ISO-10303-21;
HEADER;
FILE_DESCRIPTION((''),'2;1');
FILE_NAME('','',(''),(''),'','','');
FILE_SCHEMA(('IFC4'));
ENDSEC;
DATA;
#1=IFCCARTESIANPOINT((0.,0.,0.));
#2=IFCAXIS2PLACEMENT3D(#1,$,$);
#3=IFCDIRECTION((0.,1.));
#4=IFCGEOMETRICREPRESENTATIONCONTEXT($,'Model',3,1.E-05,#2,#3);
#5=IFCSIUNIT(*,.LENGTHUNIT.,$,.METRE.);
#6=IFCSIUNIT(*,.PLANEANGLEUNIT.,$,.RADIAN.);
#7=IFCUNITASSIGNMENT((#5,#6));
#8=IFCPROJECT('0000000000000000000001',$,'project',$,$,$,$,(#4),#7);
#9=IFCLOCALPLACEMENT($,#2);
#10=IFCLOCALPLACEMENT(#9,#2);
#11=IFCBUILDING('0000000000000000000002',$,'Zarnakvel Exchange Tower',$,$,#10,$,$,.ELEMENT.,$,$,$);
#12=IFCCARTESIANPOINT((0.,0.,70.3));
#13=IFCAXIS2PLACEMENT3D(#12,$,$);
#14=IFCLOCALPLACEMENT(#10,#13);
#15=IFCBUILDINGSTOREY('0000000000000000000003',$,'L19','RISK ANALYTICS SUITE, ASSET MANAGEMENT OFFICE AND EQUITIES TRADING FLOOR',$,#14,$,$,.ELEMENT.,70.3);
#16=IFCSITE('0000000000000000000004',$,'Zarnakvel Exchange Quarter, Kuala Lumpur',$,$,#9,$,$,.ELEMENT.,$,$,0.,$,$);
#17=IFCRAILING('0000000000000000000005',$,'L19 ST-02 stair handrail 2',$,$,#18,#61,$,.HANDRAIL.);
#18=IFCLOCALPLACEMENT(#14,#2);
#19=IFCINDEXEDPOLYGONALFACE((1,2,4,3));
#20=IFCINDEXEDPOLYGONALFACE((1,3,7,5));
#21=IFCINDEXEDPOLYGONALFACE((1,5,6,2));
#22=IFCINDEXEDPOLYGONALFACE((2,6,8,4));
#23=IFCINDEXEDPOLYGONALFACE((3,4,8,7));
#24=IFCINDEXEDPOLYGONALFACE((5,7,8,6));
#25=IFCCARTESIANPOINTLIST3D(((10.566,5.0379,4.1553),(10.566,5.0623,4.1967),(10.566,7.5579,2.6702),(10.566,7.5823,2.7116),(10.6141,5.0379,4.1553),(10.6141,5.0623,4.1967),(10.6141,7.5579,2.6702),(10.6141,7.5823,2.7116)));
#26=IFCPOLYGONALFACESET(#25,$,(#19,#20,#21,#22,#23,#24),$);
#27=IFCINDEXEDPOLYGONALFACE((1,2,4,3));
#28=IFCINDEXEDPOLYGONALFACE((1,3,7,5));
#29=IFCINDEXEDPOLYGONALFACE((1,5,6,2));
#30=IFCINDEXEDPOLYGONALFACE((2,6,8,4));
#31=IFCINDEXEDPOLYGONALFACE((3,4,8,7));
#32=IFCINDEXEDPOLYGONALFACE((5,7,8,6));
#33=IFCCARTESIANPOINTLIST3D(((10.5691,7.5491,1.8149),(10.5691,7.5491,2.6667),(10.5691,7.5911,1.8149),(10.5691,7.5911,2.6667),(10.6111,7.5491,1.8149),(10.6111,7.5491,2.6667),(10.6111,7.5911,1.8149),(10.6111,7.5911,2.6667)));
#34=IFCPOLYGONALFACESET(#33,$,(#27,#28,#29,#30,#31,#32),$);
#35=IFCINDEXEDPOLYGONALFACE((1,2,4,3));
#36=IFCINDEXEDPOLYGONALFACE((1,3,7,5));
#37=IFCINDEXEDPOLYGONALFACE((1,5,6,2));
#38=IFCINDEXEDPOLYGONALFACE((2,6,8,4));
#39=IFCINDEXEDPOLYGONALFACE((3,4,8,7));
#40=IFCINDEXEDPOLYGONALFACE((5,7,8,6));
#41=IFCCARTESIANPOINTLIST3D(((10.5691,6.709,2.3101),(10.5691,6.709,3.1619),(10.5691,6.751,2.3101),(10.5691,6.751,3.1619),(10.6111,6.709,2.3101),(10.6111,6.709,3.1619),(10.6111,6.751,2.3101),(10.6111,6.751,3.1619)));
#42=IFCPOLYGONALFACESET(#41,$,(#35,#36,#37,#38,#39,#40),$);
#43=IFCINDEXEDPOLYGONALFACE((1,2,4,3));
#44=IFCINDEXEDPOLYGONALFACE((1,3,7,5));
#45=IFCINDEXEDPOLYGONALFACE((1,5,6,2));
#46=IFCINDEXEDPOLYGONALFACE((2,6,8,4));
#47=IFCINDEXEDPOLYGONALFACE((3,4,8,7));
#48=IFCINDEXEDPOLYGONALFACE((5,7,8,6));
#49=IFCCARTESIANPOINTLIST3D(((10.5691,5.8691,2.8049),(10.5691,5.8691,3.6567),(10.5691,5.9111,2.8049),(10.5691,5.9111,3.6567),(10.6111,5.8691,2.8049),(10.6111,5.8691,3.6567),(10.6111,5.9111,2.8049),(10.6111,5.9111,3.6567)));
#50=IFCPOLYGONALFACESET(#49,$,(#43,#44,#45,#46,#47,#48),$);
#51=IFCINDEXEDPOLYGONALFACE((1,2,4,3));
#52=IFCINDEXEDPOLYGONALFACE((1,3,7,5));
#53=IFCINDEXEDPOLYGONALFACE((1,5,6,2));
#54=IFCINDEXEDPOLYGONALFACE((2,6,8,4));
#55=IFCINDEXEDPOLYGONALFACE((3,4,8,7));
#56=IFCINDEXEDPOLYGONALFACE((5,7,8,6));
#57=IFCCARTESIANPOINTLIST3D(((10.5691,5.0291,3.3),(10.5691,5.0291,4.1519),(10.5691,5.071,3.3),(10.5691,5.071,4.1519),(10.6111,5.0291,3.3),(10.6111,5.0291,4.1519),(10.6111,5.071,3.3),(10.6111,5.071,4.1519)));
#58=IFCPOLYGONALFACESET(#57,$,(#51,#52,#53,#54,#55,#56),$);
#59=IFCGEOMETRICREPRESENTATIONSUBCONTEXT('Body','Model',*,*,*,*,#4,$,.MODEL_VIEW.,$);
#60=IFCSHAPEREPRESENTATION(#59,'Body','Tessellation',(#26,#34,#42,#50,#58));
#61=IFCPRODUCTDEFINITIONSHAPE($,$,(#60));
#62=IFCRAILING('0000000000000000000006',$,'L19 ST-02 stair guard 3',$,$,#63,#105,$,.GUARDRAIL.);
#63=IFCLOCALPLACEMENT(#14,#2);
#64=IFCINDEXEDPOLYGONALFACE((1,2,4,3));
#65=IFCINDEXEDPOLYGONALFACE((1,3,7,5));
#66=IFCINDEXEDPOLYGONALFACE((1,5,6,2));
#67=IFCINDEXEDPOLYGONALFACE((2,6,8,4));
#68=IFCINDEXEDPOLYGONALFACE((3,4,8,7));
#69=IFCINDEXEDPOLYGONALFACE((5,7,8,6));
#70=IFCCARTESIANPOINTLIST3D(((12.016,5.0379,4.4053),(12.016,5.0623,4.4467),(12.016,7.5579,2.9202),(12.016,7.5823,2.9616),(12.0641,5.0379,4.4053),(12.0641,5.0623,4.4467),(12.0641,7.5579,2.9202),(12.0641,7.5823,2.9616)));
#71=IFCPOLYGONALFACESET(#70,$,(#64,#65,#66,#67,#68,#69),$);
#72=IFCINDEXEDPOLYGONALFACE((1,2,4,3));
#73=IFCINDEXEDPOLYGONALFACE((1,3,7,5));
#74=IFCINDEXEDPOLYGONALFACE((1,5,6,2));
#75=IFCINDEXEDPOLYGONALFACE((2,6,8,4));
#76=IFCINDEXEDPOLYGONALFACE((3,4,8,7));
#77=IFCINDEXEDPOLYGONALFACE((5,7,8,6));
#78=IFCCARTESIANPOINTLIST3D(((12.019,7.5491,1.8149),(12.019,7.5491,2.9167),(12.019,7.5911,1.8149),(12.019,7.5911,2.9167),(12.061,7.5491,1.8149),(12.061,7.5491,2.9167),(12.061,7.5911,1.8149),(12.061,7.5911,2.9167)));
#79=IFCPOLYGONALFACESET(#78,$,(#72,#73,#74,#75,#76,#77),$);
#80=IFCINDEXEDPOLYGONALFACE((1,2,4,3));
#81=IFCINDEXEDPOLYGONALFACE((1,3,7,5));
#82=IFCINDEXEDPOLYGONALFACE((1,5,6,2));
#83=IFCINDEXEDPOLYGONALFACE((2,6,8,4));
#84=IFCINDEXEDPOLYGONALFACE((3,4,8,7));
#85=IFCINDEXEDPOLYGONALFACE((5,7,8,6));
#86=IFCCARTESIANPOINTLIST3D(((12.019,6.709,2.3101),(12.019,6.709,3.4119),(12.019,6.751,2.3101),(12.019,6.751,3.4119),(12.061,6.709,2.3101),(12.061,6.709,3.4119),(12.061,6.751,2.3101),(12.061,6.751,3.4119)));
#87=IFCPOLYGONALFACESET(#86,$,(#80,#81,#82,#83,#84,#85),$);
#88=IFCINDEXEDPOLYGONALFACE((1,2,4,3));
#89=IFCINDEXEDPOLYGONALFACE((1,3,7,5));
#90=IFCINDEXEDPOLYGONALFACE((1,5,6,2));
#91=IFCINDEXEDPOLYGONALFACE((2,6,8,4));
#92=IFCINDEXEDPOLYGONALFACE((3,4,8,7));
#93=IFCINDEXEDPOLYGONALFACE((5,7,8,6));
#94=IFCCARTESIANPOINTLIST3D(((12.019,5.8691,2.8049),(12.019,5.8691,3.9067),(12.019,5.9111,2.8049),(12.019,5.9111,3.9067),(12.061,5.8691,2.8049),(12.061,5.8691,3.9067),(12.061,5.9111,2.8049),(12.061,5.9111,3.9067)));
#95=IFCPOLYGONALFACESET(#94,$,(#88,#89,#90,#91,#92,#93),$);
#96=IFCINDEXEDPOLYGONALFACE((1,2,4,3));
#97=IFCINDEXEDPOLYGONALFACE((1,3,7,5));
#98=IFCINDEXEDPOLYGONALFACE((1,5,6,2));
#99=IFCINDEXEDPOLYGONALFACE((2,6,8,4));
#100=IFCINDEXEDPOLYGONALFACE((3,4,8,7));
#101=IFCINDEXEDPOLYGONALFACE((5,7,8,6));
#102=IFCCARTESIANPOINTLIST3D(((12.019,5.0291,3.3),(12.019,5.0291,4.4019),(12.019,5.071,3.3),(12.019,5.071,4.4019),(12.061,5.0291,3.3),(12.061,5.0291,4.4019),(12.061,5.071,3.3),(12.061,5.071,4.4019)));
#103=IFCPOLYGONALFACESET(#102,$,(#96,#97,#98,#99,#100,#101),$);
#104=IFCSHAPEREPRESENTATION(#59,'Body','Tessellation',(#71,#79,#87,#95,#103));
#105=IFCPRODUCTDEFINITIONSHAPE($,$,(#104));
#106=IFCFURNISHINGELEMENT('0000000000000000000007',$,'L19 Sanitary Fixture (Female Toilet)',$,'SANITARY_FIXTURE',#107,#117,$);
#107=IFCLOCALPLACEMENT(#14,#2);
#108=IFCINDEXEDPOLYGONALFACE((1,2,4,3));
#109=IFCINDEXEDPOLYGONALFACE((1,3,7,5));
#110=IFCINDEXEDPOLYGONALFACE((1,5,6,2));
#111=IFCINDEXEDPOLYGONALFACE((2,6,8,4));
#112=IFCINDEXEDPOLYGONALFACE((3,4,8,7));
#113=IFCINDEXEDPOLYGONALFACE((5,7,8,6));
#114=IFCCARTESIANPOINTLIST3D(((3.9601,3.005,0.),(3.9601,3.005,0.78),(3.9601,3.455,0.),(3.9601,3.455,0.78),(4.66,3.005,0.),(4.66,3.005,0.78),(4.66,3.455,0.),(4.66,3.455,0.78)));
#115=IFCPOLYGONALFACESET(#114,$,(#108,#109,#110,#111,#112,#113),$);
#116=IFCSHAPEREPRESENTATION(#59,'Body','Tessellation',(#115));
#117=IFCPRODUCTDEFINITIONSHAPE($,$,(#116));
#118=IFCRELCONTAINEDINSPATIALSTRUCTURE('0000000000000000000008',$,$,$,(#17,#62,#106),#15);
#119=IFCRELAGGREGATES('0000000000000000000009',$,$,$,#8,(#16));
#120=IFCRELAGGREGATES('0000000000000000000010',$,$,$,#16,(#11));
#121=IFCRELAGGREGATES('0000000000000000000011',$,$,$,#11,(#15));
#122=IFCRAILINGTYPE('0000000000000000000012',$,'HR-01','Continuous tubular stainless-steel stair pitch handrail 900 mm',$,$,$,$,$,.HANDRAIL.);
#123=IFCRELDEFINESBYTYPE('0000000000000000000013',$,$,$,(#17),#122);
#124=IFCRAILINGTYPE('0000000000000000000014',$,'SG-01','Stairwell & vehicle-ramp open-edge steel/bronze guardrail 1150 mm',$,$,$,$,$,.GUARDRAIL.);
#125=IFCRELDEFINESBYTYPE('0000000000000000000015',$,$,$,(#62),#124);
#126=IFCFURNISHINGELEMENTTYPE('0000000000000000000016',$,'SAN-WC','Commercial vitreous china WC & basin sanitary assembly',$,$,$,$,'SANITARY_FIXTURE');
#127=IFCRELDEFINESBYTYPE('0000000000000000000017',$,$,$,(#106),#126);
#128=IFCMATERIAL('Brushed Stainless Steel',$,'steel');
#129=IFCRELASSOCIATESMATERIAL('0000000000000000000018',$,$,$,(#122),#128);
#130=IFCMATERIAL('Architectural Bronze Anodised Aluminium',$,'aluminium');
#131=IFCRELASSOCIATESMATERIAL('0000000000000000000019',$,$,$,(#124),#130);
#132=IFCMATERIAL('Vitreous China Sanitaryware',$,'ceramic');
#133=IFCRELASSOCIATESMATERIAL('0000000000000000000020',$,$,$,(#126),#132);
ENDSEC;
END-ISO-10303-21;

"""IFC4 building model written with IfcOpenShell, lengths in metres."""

from ifc_helpers import new_model, si_unit, direction, frame, origin, origin_2d, place, context, subcontext, project, spatial, rectangle, extrude, source, transform, mapped, material, type_object, element, save


model = new_model("IFC4")

# Units and contexts
model_context = context("Model", 3, precision=1e-05, world=origin(), true_north=direction((0.0, 1.0)))
body_context = subcontext(model_context, "Body", "Model", "MODEL_VIEW")
ifc_project = project(units=[si_unit("LENGTHUNIT", "METRE"), si_unit("PLANEANGLEUNIT", "RADIAN")], contexts=[model_context])

# Site, building, storey
site_placement = place(None, origin())
site = spatial("IfcSite", under=ifc_project, at=site_placement, Name="Zarnakvel Exchange Quarter, Kuala Lumpur", CompositionType="ELEMENT", RefElevation=0.0)
building_placement = place(site_placement, origin())
building = spatial("IfcBuilding", under=site, at=building_placement, Name="Zarnakvel Exchange Tower", CompositionType="ELEMENT")
storey_placement = place(building_placement, frame((0.0, 0.0, 70.3)))
storey = spatial("IfcBuildingStorey", under=building, at=storey_placement, Name="L19", Description="RISK ANALYTICS SUITE, ASSET MANAGEMENT OFFICE AND EQUITIES TRADING FLOOR", CompositionType="ELEMENT", Elevation=70.3)

# Shared definitions
ifc_material_1 = material(Name="Brushed Stainless Steel", Category="steel")

# Railings
railing_type_1 = type_object("IfcRailingType", Name="HR-01", Description="Continuous tubular stainless-steel stair pitch handrail 900 mm", PredefinedType="HANDRAIL", material=ifc_material_1)
railing_1_placement = place(storey_placement, frame((10.5901, 7.5701, 1.8149)))
element("IfcRailing", 1, at=railing_1_placement, inside=storey, type_object=railing_type_1, Name="L19 ST-02 stair handrail 2", PredefinedType="HANDRAIL", context=body_context, shape_type="SweptSolid", body=[
    extrude(rectangle(XDim=0.0481, YDim=0.0481, at=origin_2d()), frame((0.0, 0.0, 0.876), z_axis=(0.0, -0.861524, 0.507717), x_axis=(1.0, 0.0, 0.0)), (0.0, 0.0, 1.0), 2.925),
    extrude(rectangle(XDim=0.042, YDim=0.042, at=origin_2d()), origin(), (0.0, 0.0, 1.0), 0.8518),
    extrude(rectangle(XDim=0.042, YDim=0.042, at=origin_2d()), frame((0.0, -0.8401, 0.4951)), (0.0, 0.0, 1.0), 0.8518),
    extrude(rectangle(XDim=0.042, YDim=0.042, at=origin_2d()), frame((0.0, -1.6799, 0.99)), (0.0, 0.0, 1.0), 0.8518),
    extrude(rectangle(XDim=0.042, YDim=0.042, at=origin_2d()), frame((0.0, -2.52, 1.4851)), (0.0, 0.0, 1.0), 0.8518),
])
ifc_material_2 = material(Name="Architectural Bronze Anodised Aluminium", Category="aluminium")
railing_type_2 = type_object("IfcRailingType", Name="SG-01", Description="Stairwell & vehicle-ramp open-edge steel/bronze guardrail 1150 mm", PredefinedType="GUARDRAIL", material=ifc_material_2)
railing_2_placement = place(storey_placement, frame((12.04, 7.5701, 1.8149)))
element("IfcRailing", 2, at=railing_2_placement, inside=storey, type_object=railing_type_2, Name="L19 ST-02 stair guard 3", PredefinedType="GUARDRAIL", context=body_context, shape_type="SweptSolid", body=[
    extrude(rectangle(XDim=0.0481, YDim=0.0481, at=origin_2d()), frame((0.0, 0.0, 1.126), z_axis=(0.0, -0.861524, 0.507717), x_axis=(1.0, 0.0, 0.0)), (0.0, 0.0, 1.0), 2.925),
    extrude(rectangle(XDim=0.042, YDim=0.042, at=origin_2d()), origin(), (0.0, 0.0, 1.0), 1.1018),
    extrude(rectangle(XDim=0.042, YDim=0.042, at=origin_2d()), frame((0.0, -0.8401, 0.4951)), (0.0, 0.0, 1.0), 1.1018),
    extrude(rectangle(XDim=0.042, YDim=0.042, at=origin_2d()), frame((0.0, -1.6799, 0.99)), (0.0, 0.0, 1.0), 1.1018),
    extrude(rectangle(XDim=0.042, YDim=0.042, at=origin_2d()), frame((0.0, -2.52, 1.4851)), (0.0, 0.0, 1.0), 1.1018),
])

# Furnishing element
ifc_material_3 = material(Name="Vitreous China Sanitaryware", Category="ceramic")
furnishing_element_type = type_object("IfcFurnishingElementType", Name="SAN-WC", Description="Commercial vitreous china WC & basin sanitary assembly", ElementType="SANITARY_FIXTURE", material=ifc_material_3)
shared_shape_1 = source(origin(), body_context, "Body", "SweptSolid", [
    extrude(rectangle(XDim=0.7, YDim=0.45, at=origin_2d()), origin(), (0.0, 0.0, 1.0), 0.78),
])
furnishing_placement = place(storey_placement, frame((4.3101, 3.23, 0.0), z_axis=(0.0, 0.0, 1.0), x_axis=(1.0, 0.0, 0.0)))
element("IfcFurnishingElement", 3, at=furnishing_placement, inside=storey, type_object=furnishing_element_type, Name="L19 Sanitary Fixture (Female Toilet)", ObjectType="SANITARY_FIXTURE", context=body_context, shape_type="MappedRepresentation", body=[
    mapped(shared_shape_1, transform((0.0, 0.0, 0.0), x_axis=(1.0, 0.0, 0.0), y_axis=(0.0, 1.0, 0.0), z_axis=(0.0, 0.0, 1.0), scale=1.0)),
])

save(model, "model.ifc")
